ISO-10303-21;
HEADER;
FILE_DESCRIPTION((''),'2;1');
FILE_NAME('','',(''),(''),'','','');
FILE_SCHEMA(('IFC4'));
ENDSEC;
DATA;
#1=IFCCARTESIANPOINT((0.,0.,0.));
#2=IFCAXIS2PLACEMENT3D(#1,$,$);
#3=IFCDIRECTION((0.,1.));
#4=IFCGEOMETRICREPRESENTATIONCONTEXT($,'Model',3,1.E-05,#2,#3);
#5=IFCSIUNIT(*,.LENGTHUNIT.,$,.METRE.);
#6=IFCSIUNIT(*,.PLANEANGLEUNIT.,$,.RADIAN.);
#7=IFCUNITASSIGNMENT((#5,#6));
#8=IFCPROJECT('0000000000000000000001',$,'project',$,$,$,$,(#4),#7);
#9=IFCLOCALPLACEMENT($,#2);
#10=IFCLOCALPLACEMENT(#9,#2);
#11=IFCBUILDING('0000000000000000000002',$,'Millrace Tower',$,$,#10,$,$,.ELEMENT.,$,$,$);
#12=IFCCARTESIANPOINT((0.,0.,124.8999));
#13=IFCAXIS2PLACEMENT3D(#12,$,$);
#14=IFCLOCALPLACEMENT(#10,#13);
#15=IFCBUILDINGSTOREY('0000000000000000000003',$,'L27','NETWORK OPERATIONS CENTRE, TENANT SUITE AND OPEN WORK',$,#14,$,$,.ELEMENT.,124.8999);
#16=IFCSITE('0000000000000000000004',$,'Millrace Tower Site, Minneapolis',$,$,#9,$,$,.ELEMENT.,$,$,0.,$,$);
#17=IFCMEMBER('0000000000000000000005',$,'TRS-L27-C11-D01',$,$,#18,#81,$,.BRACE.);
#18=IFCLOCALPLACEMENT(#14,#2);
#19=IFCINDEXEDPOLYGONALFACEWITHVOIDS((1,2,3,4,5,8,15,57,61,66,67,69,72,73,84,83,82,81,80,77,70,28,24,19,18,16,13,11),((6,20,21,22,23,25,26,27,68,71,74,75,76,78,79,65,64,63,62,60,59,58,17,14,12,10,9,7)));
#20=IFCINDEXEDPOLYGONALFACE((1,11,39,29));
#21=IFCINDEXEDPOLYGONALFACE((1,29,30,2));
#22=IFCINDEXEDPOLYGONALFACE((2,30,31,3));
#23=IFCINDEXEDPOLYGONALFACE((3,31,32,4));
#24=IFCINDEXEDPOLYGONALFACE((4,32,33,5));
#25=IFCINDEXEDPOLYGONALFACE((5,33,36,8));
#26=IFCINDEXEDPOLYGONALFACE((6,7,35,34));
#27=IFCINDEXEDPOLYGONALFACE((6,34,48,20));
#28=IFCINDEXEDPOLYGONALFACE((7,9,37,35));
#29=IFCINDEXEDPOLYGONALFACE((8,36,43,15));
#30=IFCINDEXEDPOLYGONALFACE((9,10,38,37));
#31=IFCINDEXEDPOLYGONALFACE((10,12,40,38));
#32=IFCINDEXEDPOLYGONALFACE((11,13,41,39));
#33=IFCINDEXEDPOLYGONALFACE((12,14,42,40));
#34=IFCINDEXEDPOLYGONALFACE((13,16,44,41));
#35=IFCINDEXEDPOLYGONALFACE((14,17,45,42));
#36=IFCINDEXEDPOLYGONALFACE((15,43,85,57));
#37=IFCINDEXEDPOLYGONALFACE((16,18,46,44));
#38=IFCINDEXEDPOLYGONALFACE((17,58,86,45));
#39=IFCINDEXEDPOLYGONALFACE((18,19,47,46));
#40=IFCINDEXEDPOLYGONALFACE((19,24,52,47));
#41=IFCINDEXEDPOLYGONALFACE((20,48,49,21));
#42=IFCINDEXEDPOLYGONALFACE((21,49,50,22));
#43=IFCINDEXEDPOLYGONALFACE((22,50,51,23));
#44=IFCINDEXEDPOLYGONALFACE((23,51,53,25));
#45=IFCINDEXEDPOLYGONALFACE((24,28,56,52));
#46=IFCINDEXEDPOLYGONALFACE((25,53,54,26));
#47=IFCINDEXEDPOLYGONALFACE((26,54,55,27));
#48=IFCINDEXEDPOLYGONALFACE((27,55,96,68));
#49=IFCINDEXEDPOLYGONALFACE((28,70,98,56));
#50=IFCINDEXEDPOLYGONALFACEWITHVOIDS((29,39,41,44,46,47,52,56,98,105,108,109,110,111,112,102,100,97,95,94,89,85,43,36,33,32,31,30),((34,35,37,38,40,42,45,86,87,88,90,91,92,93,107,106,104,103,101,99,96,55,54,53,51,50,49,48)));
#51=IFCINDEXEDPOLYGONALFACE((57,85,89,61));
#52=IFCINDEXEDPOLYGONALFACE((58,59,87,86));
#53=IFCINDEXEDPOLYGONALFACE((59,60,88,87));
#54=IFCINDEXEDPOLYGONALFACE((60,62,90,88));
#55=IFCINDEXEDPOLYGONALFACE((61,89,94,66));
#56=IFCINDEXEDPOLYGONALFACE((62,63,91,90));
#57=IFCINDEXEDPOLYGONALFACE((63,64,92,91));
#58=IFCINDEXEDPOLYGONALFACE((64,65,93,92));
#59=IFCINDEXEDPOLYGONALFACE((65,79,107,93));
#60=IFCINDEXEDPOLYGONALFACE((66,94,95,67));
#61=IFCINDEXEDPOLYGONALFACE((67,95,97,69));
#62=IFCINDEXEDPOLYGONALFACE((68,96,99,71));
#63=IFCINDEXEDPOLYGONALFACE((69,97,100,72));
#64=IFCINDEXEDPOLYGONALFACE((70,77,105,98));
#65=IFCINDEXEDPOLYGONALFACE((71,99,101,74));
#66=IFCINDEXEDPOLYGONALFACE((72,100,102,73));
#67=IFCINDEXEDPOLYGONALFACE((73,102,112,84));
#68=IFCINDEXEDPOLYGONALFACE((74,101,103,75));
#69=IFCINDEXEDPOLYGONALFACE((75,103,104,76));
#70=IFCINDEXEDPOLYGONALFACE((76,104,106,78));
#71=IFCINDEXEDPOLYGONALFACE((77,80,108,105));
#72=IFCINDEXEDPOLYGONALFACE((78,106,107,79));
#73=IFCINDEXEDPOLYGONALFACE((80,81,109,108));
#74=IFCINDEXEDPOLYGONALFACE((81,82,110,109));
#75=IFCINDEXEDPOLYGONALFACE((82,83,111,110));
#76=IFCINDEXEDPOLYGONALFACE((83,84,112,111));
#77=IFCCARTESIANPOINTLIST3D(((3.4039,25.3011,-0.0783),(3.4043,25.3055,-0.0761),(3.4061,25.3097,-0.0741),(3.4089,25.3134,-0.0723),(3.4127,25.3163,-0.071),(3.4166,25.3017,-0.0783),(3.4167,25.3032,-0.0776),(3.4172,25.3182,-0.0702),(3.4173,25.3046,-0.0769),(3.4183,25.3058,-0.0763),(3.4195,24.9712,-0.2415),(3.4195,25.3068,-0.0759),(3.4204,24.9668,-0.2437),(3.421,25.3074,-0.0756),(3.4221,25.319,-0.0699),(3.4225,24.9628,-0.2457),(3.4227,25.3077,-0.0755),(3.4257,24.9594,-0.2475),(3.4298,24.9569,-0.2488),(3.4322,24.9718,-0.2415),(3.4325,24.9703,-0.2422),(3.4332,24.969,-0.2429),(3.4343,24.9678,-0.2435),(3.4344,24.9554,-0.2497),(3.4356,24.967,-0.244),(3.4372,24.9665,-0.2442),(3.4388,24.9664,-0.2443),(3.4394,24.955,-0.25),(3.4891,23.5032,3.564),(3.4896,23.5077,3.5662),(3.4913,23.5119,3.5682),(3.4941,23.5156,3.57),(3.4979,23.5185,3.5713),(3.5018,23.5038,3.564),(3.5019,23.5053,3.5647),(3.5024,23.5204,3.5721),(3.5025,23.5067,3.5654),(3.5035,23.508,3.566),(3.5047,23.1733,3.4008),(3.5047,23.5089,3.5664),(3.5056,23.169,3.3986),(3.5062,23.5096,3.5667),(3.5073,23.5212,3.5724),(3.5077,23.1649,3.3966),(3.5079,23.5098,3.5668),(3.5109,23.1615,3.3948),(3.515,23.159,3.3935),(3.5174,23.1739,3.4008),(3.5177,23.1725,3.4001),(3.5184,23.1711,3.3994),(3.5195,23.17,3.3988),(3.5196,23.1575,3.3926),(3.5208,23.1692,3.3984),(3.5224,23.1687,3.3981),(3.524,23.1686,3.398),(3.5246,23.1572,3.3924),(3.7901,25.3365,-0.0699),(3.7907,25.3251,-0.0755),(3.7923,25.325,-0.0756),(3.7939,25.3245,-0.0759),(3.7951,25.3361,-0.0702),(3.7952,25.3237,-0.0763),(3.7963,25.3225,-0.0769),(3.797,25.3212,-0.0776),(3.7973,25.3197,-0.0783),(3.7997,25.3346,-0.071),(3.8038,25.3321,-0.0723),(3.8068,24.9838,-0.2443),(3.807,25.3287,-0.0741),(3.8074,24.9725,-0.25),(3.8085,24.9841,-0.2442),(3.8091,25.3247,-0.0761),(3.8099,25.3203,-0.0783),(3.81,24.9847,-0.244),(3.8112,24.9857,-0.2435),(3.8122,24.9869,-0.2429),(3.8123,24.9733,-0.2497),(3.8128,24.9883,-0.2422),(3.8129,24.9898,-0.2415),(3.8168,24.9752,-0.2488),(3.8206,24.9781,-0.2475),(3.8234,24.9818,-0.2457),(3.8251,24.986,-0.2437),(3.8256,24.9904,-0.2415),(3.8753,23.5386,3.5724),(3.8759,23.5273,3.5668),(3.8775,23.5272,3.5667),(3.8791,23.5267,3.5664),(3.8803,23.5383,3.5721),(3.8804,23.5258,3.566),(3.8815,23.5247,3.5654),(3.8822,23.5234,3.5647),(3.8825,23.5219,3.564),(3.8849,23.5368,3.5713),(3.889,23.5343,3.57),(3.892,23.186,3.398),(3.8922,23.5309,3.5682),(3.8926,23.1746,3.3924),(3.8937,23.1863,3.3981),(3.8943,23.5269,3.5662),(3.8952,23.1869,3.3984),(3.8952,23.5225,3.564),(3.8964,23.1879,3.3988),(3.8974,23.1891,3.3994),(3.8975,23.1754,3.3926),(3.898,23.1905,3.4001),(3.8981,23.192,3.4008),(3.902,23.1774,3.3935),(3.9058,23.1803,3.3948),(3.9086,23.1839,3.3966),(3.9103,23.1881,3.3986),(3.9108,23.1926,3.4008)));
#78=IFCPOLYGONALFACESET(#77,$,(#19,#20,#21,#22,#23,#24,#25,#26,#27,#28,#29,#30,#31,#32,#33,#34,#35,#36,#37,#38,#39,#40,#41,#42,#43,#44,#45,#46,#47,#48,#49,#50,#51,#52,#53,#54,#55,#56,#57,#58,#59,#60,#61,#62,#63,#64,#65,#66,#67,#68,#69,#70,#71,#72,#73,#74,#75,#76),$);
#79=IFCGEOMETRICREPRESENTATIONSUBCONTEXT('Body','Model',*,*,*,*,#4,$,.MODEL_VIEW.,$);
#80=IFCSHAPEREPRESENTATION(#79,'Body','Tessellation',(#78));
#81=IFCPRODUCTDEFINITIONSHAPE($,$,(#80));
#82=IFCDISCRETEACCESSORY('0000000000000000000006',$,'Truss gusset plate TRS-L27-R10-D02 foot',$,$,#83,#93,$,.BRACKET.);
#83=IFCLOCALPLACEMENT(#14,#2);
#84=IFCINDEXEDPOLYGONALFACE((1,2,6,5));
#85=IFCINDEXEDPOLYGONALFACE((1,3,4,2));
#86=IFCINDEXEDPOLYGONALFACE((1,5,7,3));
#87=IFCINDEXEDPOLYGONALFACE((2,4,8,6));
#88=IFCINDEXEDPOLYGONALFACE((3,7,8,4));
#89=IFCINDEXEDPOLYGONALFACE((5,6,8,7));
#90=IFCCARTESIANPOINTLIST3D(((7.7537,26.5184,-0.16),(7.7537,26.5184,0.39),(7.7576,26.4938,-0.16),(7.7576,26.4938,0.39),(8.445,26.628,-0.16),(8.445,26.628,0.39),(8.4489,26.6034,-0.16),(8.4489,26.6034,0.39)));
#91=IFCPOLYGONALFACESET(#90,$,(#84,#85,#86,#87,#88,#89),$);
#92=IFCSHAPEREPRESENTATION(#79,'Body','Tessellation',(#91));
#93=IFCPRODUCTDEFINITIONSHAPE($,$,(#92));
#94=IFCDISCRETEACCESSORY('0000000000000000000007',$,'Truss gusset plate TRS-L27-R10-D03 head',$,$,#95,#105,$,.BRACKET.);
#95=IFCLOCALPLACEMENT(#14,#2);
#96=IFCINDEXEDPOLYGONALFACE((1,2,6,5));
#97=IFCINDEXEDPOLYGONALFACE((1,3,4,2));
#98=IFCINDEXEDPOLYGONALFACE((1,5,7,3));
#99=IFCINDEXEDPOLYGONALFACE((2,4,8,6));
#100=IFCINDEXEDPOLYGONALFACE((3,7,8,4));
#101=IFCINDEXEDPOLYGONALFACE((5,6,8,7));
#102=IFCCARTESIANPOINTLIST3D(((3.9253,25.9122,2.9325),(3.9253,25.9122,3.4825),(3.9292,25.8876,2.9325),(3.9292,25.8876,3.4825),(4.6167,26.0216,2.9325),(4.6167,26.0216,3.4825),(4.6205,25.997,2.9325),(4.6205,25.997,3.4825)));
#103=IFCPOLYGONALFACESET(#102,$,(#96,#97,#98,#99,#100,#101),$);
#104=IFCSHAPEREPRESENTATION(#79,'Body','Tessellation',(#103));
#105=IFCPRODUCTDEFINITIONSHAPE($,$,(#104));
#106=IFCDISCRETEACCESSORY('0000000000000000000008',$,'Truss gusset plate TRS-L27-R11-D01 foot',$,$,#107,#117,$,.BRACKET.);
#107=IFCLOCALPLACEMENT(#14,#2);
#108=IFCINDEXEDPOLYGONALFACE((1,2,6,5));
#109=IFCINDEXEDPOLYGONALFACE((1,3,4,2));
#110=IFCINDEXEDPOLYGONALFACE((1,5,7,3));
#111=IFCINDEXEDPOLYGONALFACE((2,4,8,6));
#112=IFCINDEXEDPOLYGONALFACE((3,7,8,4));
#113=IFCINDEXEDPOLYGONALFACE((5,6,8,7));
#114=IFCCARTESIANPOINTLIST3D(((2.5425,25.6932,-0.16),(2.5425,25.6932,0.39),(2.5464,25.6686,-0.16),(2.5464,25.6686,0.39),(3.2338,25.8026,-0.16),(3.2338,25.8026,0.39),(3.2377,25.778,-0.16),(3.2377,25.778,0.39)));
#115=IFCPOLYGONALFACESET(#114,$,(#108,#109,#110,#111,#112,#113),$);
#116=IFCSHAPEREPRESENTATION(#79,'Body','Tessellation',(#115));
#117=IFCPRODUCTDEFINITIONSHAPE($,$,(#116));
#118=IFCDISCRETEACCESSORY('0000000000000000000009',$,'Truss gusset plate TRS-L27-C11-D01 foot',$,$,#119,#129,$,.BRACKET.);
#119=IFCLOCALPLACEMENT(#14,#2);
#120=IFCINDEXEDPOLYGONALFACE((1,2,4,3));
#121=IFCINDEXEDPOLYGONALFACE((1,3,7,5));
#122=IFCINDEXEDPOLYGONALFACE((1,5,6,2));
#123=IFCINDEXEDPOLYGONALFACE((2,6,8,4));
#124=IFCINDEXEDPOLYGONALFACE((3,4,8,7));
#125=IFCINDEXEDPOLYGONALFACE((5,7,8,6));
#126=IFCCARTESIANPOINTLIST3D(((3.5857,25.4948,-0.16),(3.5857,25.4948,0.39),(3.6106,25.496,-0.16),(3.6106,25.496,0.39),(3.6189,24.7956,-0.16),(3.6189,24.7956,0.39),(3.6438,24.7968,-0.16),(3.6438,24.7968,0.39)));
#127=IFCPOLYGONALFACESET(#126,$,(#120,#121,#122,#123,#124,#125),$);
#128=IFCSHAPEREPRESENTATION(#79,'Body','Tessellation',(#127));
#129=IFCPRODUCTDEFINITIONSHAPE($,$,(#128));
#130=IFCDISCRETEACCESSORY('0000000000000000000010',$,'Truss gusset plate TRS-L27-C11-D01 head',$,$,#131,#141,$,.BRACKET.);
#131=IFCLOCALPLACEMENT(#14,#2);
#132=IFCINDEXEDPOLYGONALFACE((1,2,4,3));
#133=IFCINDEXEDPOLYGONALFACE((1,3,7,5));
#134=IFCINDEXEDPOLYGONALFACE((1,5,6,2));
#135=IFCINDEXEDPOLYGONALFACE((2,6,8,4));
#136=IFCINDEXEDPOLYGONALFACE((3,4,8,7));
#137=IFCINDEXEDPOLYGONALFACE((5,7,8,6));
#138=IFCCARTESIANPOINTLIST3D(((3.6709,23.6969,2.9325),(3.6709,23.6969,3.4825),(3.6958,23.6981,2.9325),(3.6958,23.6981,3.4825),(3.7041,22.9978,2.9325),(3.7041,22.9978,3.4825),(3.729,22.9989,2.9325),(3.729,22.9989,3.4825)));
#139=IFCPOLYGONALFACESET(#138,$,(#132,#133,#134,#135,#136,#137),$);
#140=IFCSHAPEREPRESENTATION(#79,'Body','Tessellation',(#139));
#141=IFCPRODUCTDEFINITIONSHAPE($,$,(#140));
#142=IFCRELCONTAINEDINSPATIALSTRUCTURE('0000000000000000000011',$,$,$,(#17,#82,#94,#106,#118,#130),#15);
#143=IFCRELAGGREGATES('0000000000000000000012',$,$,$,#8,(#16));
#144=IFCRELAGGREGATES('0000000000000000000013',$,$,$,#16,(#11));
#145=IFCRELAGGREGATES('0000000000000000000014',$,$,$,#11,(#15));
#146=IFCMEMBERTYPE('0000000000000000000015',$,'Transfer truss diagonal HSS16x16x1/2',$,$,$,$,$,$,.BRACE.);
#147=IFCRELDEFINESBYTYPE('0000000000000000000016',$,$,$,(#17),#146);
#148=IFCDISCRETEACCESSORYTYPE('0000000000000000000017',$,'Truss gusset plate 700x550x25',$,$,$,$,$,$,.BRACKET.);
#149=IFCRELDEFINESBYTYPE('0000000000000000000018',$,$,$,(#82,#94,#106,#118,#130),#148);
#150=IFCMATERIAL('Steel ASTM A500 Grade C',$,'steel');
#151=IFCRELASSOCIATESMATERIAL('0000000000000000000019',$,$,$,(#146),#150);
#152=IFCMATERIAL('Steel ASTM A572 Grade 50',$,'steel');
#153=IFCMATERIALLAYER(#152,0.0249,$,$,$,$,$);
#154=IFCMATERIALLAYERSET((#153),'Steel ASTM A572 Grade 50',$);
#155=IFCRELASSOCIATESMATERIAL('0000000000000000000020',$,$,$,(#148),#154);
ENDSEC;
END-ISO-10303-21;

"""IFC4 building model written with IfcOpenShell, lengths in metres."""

from ifc_helpers import new_model, si_unit, direction, frame, origin, origin_2d, place, context, subcontext, project, spatial, rectangle, hollow_rectangle, extrude, material, layer, layer_set, material_profile, profile_set, type_object, element, save


model = new_model("IFC4")

# Units and contexts
model_context = context("Model", 3, precision=1e-05, world=origin(), true_north=direction((0.0, 1.0)))
body_context = subcontext(model_context, "Body", "Model", "MODEL_VIEW")
ifc_project = project(units=[si_unit("LENGTHUNIT", "METRE"), si_unit("PLANEANGLEUNIT", "RADIAN")], contexts=[model_context])

# Site, building, storey
site_placement = place(None, origin())
site = spatial("IfcSite", under=ifc_project, at=site_placement, Name="Millrace Tower Site, Minneapolis", CompositionType="ELEMENT", RefElevation=0.0)
building_placement = place(site_placement, origin())
building = spatial("IfcBuilding", under=site, at=building_placement, Name="Millrace Tower", CompositionType="ELEMENT")
storey_placement = place(building_placement, frame((0.0, 0.0, 124.8999)))
storey = spatial("IfcBuildingStorey", under=building, at=storey_placement, Name="L27", Description="NETWORK OPERATIONS CENTRE, TENANT SUITE AND OPEN WORK", CompositionType="ELEMENT", Elevation=124.8999)

# Member
ifc_material_1 = material(Name="Steel ASTM A500 Grade C", Category="steel")
ifc_material_profile_1 = material_profile(ifc_material_1, hollow_rectangle(XDim=0.4065, YDim=0.4065, WallThickness=0.0127, InnerFilletRadius=0.0063, OuterFilletRadius=0.019, at=origin_2d()))
ifc_profile_set_1 = profile_set([ifc_material_profile_1], Name="Steel ASTM A500 Grade C")
member_type_1 = type_object("IfcMemberType", Name="Transfer truss diagonal HSS16x16x1/2", PredefinedType="BRACE", material=ifc_profile_set_1)
member_1_placement = place(storey_placement, frame((3.6147, 25.1458, -0.1599), z_axis=(0.020972, -0.442518, 0.896514), x_axis=(0.998879, 0.04734, 0.0)))
element("IfcMember", 1, at=member_1_placement, inside=storey, type_object=member_type_1, Name="TRS-L27-C11-D01", PredefinedType="BRACE", context=body_context, shape_type="SweptSolid", body=[
    extrude(hollow_rectangle(XDim=0.4065, YDim=0.4065, WallThickness=0.0127, InnerFilletRadius=0.0063, OuterFilletRadius=0.019, at=origin_2d()), origin(), (0.0, 0.0, 1.0), 4.0627),
])

# Discrete accessories
ifc_material_2 = material(Name="Steel ASTM A572 Grade 50", Category="steel")
ifc_layer_1 = layer(ifc_material_2, 0.0249)
ifc_layer_set_1 = layer_set([ifc_layer_1], Name="Steel ASTM A572 Grade 50")
discrete_accessory_type = type_object("IfcDiscreteAccessoryType", Name="Truss gusset plate 700x550x25", PredefinedType="BRACKET", material=ifc_layer_set_1)
for number, where, z_axis, x_axis, name in (
    (2, (7.7556, 26.5061, 0.115), (0.987664, 0.156589, 0.0), (-0.156589, 0.987664, 0.0), "Truss gusset plate TRS-L27-R10-D02 foot"),
    (3, (3.9272, 25.8999, 3.2075), (0.987718, 0.156249, 0.0), (-0.156249, 0.987718, 0.0), "Truss gusset plate TRS-L27-R10-D03 head"),
    (4, (2.5444, 25.6809, 0.115), (0.987718, 0.156249, 0.0), (-0.156249, 0.987718, 0.0), "Truss gusset plate TRS-L27-R11-D01 foot"),
    (5, (3.5981, 25.4954, 0.115), (0.047433, -0.998874, 0.0), (0.998874, 0.047433, 0.0), "Truss gusset plate TRS-L27-C11-D01 foot"),
    (6, (3.6833, 23.6975, 3.2075), (0.047433, -0.998874, 0.0), (0.998874, 0.047433, 0.0), "Truss gusset plate TRS-L27-C11-D01 head"),
):
    element("IfcDiscreteAccessory", number, at=place(storey_placement, frame(where, z_axis=z_axis, x_axis=x_axis)), inside=storey, type_object=discrete_accessory_type, Name=name, PredefinedType="BRACKET", context=body_context, shape_type="SweptSolid", body=[
        extrude(rectangle(XDim=0.0249, YDim=0.55, at=origin_2d()), origin(), (0.0, 0.0, 1.0), 0.7),
    ])

save(model, "model.ifc")
